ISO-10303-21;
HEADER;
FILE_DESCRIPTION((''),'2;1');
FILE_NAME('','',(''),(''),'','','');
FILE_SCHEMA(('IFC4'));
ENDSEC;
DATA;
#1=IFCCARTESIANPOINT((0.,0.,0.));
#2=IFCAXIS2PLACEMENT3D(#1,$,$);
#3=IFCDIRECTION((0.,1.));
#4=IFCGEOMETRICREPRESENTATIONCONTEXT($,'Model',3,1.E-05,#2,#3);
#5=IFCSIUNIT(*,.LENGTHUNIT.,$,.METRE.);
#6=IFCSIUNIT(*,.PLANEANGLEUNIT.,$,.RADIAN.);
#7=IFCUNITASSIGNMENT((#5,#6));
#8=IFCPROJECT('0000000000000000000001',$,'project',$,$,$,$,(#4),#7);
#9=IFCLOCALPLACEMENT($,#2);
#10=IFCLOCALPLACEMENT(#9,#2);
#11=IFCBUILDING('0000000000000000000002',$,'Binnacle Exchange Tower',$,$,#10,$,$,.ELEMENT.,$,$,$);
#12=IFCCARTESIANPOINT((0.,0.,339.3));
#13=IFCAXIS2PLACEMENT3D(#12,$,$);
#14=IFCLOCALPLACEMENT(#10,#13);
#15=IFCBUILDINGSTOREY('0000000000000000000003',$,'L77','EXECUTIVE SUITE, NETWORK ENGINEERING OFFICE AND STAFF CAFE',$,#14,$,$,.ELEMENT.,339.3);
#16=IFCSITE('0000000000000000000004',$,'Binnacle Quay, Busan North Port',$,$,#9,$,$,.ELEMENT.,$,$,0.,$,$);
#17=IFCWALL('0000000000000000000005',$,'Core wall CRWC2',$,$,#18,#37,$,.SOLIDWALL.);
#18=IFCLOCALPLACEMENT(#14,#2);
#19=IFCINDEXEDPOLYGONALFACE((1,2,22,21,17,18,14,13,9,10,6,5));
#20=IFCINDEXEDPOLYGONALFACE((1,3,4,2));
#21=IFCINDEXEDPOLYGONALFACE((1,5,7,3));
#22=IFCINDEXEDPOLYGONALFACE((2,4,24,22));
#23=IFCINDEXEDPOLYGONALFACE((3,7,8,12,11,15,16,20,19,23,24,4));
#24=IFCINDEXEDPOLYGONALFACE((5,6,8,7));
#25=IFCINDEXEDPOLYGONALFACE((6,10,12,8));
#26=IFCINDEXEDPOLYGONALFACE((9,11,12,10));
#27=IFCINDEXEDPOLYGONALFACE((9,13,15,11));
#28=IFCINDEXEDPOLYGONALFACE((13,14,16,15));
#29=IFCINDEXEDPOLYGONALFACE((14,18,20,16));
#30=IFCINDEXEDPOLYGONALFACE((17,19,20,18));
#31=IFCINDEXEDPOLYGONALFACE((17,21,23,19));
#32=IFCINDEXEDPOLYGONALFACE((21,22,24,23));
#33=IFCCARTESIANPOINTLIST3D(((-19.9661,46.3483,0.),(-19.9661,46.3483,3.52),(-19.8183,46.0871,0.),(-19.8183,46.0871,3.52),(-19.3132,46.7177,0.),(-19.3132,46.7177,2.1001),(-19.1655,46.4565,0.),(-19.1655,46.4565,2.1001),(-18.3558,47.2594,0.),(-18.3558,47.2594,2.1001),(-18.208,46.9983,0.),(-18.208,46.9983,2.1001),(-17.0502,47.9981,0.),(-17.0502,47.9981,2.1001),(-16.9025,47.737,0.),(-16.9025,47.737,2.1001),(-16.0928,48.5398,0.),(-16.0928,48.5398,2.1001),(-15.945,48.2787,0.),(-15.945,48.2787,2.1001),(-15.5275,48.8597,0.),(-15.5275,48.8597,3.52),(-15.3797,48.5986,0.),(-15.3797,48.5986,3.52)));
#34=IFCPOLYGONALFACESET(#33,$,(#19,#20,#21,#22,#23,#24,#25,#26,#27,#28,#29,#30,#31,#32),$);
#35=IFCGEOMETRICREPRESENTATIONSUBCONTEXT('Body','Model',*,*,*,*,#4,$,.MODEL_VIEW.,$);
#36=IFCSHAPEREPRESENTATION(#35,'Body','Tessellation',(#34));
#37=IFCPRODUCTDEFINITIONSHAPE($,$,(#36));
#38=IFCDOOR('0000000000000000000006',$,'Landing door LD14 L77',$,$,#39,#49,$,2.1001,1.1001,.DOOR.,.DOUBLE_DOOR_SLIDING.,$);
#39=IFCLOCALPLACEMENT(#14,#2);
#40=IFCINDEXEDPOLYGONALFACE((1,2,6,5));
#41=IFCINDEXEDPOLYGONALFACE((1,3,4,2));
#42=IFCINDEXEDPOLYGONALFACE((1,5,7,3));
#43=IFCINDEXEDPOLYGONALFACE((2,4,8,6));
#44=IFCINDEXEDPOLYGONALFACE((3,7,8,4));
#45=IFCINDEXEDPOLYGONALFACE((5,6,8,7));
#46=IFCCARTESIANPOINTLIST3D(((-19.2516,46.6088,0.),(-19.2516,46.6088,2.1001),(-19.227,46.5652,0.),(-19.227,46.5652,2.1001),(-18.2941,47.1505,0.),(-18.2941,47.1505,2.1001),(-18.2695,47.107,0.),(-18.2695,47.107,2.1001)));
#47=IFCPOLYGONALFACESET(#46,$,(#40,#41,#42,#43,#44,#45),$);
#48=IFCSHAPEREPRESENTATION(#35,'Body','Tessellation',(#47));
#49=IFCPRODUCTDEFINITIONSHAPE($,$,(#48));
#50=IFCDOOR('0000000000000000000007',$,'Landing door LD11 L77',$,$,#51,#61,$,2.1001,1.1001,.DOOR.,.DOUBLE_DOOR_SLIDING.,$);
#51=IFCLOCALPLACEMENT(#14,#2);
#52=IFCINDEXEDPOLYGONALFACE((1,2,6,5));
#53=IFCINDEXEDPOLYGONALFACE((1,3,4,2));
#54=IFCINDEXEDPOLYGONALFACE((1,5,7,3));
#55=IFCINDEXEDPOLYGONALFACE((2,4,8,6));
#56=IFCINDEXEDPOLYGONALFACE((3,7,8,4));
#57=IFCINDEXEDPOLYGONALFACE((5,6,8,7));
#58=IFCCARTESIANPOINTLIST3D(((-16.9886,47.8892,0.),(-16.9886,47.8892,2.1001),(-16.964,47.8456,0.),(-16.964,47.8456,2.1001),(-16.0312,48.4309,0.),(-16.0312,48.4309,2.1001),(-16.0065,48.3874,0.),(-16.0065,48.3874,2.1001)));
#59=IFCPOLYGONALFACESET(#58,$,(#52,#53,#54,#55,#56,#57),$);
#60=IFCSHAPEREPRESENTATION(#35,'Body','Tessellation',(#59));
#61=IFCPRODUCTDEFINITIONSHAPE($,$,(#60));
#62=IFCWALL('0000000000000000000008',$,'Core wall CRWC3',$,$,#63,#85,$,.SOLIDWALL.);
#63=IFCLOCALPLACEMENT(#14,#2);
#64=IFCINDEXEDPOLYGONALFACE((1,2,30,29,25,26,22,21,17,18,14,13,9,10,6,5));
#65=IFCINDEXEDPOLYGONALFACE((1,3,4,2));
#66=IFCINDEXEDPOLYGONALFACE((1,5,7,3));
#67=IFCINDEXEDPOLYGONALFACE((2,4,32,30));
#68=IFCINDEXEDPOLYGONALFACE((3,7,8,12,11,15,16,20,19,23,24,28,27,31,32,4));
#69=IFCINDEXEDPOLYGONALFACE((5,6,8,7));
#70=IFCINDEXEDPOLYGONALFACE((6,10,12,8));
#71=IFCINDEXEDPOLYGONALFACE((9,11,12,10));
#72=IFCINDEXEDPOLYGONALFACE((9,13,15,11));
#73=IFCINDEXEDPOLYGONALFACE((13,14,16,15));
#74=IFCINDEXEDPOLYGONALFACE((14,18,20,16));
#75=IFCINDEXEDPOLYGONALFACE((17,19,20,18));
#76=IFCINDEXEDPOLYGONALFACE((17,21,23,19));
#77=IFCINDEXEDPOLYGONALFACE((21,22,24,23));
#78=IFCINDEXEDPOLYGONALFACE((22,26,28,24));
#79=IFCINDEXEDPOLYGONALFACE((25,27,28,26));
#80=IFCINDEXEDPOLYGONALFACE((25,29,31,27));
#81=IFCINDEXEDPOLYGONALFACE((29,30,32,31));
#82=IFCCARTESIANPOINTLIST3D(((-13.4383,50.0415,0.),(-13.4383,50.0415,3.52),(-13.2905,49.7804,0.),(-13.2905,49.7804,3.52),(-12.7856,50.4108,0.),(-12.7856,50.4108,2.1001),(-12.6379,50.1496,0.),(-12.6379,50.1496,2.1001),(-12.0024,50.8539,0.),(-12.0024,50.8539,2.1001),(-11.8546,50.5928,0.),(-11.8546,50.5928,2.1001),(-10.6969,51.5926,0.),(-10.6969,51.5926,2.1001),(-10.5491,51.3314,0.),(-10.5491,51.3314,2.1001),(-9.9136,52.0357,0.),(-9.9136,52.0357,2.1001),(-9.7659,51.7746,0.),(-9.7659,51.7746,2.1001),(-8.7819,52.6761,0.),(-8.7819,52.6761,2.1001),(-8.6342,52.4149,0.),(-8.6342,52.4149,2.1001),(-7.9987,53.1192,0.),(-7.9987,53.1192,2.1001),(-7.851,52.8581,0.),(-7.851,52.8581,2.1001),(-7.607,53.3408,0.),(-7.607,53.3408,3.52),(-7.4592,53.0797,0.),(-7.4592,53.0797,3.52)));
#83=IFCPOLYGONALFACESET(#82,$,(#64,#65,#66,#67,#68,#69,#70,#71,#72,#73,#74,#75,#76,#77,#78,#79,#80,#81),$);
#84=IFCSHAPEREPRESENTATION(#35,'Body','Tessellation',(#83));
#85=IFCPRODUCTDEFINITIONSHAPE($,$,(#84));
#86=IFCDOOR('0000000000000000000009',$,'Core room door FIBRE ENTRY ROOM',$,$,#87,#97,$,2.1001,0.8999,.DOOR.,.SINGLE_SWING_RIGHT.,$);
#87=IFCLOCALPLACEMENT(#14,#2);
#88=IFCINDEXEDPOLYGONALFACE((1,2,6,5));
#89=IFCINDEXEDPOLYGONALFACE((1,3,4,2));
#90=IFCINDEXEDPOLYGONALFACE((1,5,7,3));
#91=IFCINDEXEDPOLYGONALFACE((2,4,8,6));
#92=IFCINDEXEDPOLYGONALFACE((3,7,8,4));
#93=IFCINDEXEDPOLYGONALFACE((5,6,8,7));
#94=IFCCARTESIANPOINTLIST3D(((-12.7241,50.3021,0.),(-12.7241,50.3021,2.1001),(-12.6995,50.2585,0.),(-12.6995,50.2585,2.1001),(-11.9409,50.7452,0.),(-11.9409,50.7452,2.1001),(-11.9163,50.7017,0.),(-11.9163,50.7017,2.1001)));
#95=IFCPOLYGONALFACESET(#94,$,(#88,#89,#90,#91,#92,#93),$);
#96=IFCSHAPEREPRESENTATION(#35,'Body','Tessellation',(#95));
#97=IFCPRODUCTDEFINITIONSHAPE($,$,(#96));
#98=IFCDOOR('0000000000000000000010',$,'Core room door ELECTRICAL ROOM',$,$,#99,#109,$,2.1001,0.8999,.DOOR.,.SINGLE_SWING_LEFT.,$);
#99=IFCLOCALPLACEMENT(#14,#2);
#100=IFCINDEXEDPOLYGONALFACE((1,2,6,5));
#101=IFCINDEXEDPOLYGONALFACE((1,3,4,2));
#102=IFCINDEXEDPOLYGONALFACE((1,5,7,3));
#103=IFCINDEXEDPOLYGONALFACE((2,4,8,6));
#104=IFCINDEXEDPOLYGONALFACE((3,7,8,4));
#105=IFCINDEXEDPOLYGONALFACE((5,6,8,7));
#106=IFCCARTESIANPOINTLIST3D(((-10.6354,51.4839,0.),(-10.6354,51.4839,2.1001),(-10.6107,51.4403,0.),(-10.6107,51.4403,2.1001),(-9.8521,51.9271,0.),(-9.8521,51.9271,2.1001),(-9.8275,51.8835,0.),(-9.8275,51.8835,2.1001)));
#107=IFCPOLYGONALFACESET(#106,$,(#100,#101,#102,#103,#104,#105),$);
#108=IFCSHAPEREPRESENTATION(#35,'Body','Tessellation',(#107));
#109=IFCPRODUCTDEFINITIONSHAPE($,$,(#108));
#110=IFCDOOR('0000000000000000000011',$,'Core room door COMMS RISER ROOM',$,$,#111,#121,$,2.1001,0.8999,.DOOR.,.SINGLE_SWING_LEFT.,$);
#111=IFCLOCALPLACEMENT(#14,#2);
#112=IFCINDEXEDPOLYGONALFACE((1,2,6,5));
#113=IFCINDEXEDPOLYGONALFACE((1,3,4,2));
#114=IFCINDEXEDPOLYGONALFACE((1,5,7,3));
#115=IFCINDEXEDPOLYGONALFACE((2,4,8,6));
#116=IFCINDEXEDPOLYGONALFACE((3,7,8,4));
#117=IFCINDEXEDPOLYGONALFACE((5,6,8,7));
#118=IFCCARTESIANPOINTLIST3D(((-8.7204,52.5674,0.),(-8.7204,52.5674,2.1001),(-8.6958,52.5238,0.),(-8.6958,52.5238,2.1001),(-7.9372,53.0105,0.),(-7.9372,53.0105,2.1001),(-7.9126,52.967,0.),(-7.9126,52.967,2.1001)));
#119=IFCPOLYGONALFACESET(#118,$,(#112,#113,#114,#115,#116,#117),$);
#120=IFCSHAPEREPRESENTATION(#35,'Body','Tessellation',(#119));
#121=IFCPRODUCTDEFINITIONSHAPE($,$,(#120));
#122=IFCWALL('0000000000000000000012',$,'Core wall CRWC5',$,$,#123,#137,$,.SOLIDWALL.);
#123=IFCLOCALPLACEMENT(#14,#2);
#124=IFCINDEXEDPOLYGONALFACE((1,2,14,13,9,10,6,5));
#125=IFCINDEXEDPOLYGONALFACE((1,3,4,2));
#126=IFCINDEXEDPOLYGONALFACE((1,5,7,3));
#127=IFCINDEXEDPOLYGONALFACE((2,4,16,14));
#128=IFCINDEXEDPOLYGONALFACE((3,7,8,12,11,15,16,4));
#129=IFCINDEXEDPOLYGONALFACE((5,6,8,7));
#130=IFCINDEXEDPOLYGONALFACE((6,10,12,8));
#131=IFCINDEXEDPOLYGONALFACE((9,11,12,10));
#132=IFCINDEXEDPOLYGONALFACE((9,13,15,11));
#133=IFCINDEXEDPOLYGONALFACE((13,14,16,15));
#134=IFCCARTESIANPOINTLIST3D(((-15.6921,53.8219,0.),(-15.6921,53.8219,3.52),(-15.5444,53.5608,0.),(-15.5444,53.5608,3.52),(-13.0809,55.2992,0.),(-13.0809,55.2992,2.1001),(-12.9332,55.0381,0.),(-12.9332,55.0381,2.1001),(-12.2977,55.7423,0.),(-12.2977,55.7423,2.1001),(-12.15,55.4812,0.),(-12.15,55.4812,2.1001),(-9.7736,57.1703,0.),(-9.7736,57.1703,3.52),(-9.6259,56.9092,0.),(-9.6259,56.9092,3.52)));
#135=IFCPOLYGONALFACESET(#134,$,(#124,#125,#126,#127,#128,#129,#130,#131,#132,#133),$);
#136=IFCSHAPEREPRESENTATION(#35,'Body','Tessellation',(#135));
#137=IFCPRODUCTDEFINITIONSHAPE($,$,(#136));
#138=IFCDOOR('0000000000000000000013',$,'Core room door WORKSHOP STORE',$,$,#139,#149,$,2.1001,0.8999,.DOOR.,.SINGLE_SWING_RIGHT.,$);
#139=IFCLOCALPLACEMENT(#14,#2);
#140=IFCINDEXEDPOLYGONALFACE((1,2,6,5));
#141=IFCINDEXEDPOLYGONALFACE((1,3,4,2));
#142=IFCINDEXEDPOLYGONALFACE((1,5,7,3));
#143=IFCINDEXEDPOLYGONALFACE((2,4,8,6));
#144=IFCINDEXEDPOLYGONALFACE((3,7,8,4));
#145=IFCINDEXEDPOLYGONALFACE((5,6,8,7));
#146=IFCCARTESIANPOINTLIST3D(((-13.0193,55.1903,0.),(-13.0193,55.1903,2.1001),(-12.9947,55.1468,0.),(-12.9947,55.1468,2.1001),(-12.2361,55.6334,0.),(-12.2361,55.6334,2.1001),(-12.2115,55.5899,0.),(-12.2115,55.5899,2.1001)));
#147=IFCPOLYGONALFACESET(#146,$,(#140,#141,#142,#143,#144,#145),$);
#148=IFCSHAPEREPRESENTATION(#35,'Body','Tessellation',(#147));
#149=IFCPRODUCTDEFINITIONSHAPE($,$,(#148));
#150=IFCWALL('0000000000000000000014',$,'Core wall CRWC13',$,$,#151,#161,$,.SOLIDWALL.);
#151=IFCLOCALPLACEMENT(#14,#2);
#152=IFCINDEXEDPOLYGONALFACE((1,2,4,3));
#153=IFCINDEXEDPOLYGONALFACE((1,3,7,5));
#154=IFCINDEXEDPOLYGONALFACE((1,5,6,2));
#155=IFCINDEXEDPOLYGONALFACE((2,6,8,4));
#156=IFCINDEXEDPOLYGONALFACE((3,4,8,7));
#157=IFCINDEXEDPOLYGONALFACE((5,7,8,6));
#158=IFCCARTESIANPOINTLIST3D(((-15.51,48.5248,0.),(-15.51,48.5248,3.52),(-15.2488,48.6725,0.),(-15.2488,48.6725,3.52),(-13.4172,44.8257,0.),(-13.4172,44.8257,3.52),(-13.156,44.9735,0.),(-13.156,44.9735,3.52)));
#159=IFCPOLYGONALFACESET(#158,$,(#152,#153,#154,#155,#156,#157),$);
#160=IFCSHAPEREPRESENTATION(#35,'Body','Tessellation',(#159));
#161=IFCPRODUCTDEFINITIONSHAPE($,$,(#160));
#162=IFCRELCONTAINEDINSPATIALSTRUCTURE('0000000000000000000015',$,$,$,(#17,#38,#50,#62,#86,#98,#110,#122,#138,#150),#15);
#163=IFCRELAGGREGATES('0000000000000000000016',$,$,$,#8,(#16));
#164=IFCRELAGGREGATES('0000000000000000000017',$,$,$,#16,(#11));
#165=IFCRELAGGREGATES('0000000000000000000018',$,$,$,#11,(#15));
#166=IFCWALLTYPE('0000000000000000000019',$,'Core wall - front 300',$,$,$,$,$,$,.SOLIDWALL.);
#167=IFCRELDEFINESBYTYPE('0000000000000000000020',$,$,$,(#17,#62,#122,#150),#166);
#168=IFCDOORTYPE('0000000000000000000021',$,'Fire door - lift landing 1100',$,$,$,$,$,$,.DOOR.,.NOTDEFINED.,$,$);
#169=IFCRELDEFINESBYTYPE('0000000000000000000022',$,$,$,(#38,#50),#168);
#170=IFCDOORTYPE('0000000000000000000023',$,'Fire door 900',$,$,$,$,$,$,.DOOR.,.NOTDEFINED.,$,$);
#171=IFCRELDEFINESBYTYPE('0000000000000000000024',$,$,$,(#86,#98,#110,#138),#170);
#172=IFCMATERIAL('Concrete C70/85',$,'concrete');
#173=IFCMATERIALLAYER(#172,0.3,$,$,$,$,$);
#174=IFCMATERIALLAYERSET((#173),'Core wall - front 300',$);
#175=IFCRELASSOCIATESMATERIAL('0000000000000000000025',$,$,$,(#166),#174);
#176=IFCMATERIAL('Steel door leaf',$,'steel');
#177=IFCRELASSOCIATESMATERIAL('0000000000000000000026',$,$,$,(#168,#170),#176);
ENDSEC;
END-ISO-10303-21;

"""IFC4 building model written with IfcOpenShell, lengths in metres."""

from ifc_helpers import new_model, si_unit, direction, frame, frame_2d, origin, place, context, subcontext, project, spatial, rectangle, extrude, material, layer, layer_set, type_object, element, fill, save


model = new_model("IFC4")

# Units and contexts
model_context = context("Model", 3, precision=1e-05, world=origin(), true_north=direction((0.0, 1.0)))
body_context = subcontext(model_context, "Body", "Model", "MODEL_VIEW")
ifc_project = project(units=[si_unit("LENGTHUNIT", "METRE"), si_unit("PLANEANGLEUNIT", "RADIAN")], contexts=[model_context])

# Site, building, storey
site_placement = place(None, origin())
site = spatial("IfcSite", under=ifc_project, at=site_placement, Name="Binnacle Quay, Busan North Port", CompositionType="ELEMENT", RefElevation=0.0)
building_placement = place(site_placement, origin())
building = spatial("IfcBuilding", under=site, at=building_placement, Name="Binnacle Exchange Tower", CompositionType="ELEMENT")
storey_placement = place(building_placement, frame((0.0, 0.0, 339.3)))
storey = spatial("IfcBuildingStorey", under=building, at=storey_placement, Name="L77", Description="EXECUTIVE SUITE, NETWORK ENGINEERING OFFICE AND STAFF CAFE", CompositionType="ELEMENT", Elevation=339.3)

# Walls, openings, doors
ifc_material_1 = material(Name="Concrete C70/85", Category="concrete")
ifc_layer_1 = layer(ifc_material_1, 0.3)
ifc_layer_set_1 = layer_set([ifc_layer_1], Name="Core wall - front 300")
wall_type_1 = type_object("IfcWallType", Name="Core wall - front 300", PredefinedType="SOLIDWALL", material=ifc_layer_set_1)
wall_1_placement = place(storey_placement, frame((-19.8921, 46.2178, 0.0), z_axis=(0.0, 0.0, 1.0), x_axis=(0.870342, 0.492448, 0.0)))
wall_1 = element("IfcWall", 1, at=wall_1_placement, inside=storey, type_object=wall_type_1, Name="Core wall CRWC2", PredefinedType="SOLIDWALL", context=body_context, shape_type="SweptSolid", body=[
    extrude(rectangle(XDim=5.0999, YDim=0.3, at=frame_2d((2.5498, 0.0))), origin(), (0.0, 0.0, 1.0), 3.52),
])
opening_1_placement = place(wall_1_placement, frame((0.75, 0.0, 0.0)))
opening_1 = element("IfcOpeningElement", 2, at=opening_1_placement, cuts=wall_1, PredefinedType="OPENING", context=body_context, shape_type="SweptSolid", body=[
    extrude(rectangle(XDim=1.1001, YDim=2.1001, at=frame_2d((0.55, 1.05))), frame((0.0, 0.1599, 0.0), z_axis=(0.0, -1.0, 0.0), x_axis=(1.0, 0.0, 0.0)), (0.0, 0.0, 1.0), 0.3201),
])
opening_2_placement = place(wall_1_placement, frame((3.3501, 0.0, 0.0)))
opening_2 = element("IfcOpeningElement", 3, at=opening_2_placement, cuts=wall_1, PredefinedType="OPENING", context=body_context, shape_type="SweptSolid", body=[
    extrude(rectangle(XDim=1.1001, YDim=2.1001, at=frame_2d((0.55, 1.05))), frame((0.0, 0.1599, 0.0), z_axis=(0.0, -1.0, 0.0), x_axis=(1.0, 0.0, 0.0)), (0.0, 0.0, 1.0), 0.3201),
])
ifc_material_2 = material(Name="Steel door leaf", Category="steel")
door_type_1 = type_object("IfcDoorType", Name="Fire door - lift landing 1100", OperationType="NOTDEFINED", PredefinedType="DOOR", material=ifc_material_2)
door_1_placement = place(opening_1_placement, origin())
door_1 = element("IfcDoor", 4, at=door_1_placement, inside=storey, type_object=door_type_1, Name="Landing door LD14 L77", OperationType="DOUBLE_DOOR_SLIDING", OverallHeight=2.1001, OverallWidth=1.1001, PredefinedType="DOOR", context=body_context, shape_type="SweptSolid", body=[
    extrude(rectangle(XDim=1.1001, YDim=2.1001, at=frame_2d((0.55, 1.05))), frame((0.0, 0.0249, 0.0), z_axis=(0.0, -1.0, 0.0), x_axis=(1.0, 0.0, 0.0)), (0.0, 0.0, 1.0), 0.05),
])
fill(opening_1, door_1)
door_2_placement = place(opening_2_placement, origin())
door_2 = element("IfcDoor", 5, at=door_2_placement, inside=storey, type_object=door_type_1, Name="Landing door LD11 L77", OperationType="DOUBLE_DOOR_SLIDING", OverallHeight=2.1001, OverallWidth=1.1001, PredefinedType="DOOR", context=body_context, shape_type="SweptSolid", body=[
    extrude(rectangle(XDim=1.1001, YDim=2.1001, at=frame_2d((0.55, 1.05))), frame((0.0, 0.0249, 0.0), z_axis=(0.0, -1.0, 0.0), x_axis=(1.0, 0.0, 0.0)), (0.0, 0.0, 1.0), 0.05),
])
fill(opening_2, door_2)
wall_2_placement = place(storey_placement, frame((-13.3645, 49.9109, 0.0), z_axis=(0.0, 0.0, 1.0), x_axis=(0.870348, 0.492438, 0.0)))
wall_2 = element("IfcWall", 6, at=wall_2_placement, inside=storey, type_object=wall_type_1, Name="Core wall CRWC3", PredefinedType="SOLIDWALL", context=body_context, shape_type="SweptSolid", body=[
    extrude(rectangle(XDim=6.7, YDim=0.3, at=frame_2d((3.3501, 0.0))), origin(), (0.0, 0.0, 1.0), 3.52),
])
opening_3_placement = place(wall_2_placement, frame((0.75, 0.0, 0.0)))
opening_3 = element("IfcOpeningElement", 7, at=opening_3_placement, cuts=wall_2, PredefinedType="OPENING", context=body_context, shape_type="SweptSolid", body=[
    extrude(rectangle(XDim=0.8999, YDim=2.1001, at=frame_2d((0.45, 1.05))), frame((0.0, 0.1599, 0.0), z_axis=(0.0, -1.0, 0.0), x_axis=(1.0, 0.0, 0.0)), (0.0, 0.0, 1.0), 0.3201),
])
opening_4_placement = place(wall_2_placement, frame((3.1499, 0.0, 0.0)))
opening_4 = element("IfcOpeningElement", 8, at=opening_4_placement, cuts=wall_2, PredefinedType="OPENING", context=body_context, shape_type="SweptSolid", body=[
    extrude(rectangle(XDim=0.8999, YDim=2.1001, at=frame_2d((0.45, 1.05))), frame((0.0, 0.1599, 0.0), z_axis=(0.0, -1.0, 0.0), x_axis=(1.0, 0.0, 0.0)), (0.0, 0.0, 1.0), 0.3201),
])
opening_5_placement = place(wall_2_placement, frame((5.3501, 0.0, 0.0)))
opening_5 = element("IfcOpeningElement", 9, at=opening_5_placement, cuts=wall_2, PredefinedType="OPENING", context=body_context, shape_type="SweptSolid", body=[
    extrude(rectangle(XDim=0.8999, YDim=2.1001, at=frame_2d((0.45, 1.05))), frame((0.0, 0.1599, 0.0), z_axis=(0.0, -1.0, 0.0), x_axis=(1.0, 0.0, 0.0)), (0.0, 0.0, 1.0), 0.3201),
])
door_type_2 = type_object("IfcDoorType", Name="Fire door 900", OperationType="NOTDEFINED", PredefinedType="DOOR", material=ifc_material_2)
door_3_placement = place(opening_3_placement, frame((0.8999, 0.0, 0.0), z_axis=(0.0, 0.0, 1.0), x_axis=(-1.0, 0.0, 0.0)))
door_3 = element("IfcDoor", 10, at=door_3_placement, inside=storey, type_object=door_type_2, Name="Core room door FIBRE ENTRY ROOM", OperationType="SINGLE_SWING_RIGHT", OverallHeight=2.1001, OverallWidth=0.8999, PredefinedType="DOOR", context=body_context, shape_type="SweptSolid", body=[
    extrude(rectangle(XDim=0.8999, YDim=2.1001, at=frame_2d((0.45, 1.05))), frame((0.0, 0.0249, 0.0), z_axis=(0.0, -1.0, 0.0), x_axis=(1.0, 0.0, 0.0)), (0.0, 0.0, 1.0), 0.05),
])
fill(opening_3, door_3)
door_4_placement = place(opening_4_placement, frame((0.8999, 0.0, 0.0), z_axis=(0.0, 0.0, 1.0), x_axis=(-1.0, 0.0, 0.0)))
door_4 = element("IfcDoor", 11, at=door_4_placement, inside=storey, type_object=door_type_2, Name="Core room door ELECTRICAL ROOM", OperationType="SINGLE_SWING_LEFT", OverallHeight=2.1001, OverallWidth=0.8999, PredefinedType="DOOR", context=body_context, shape_type="SweptSolid", body=[
    extrude(rectangle(XDim=0.8999, YDim=2.1001, at=frame_2d((0.45, 1.05))), frame((0.0, 0.0249, 0.0), z_axis=(0.0, -1.0, 0.0), x_axis=(1.0, 0.0, 0.0)), (0.0, 0.0, 1.0), 0.05),
])
fill(opening_4, door_4)
door_5_placement = place(opening_5_placement, frame((0.8999, 0.0, 0.0), z_axis=(0.0, 0.0, 1.0), x_axis=(-1.0, 0.0, 0.0)))
door_5 = element("IfcDoor", 12, at=door_5_placement, inside=storey, type_object=door_type_2, Name="Core room door COMMS RISER ROOM", OperationType="SINGLE_SWING_LEFT", OverallHeight=2.1001, OverallWidth=0.8999, PredefinedType="DOOR", context=body_context, shape_type="SweptSolid", body=[
    extrude(rectangle(XDim=0.8999, YDim=2.1001, at=frame_2d((0.45, 1.05))), frame((0.0, 0.0249, 0.0), z_axis=(0.0, -1.0, 0.0), x_axis=(1.0, 0.0, 0.0)), (0.0, 0.0, 1.0), 0.05),
])
fill(opening_5, door_5)

# Wall, opening, door
wall_3_placement = place(storey_placement, frame((-15.6182, 53.6914, 0.0), z_axis=(0.0, 0.0, 1.0), x_axis=(0.870363, 0.492411, 0.0)))
wall_3 = element("IfcWall", 13, at=wall_3_placement, inside=storey, type_object=wall_type_1, Name="Core wall CRWC5", PredefinedType="SOLIDWALL", context=body_context, shape_type="SweptSolid", body=[
    extrude(rectangle(XDim=6.8, YDim=0.3, at=frame_2d((3.3999, 0.0))), origin(), (0.0, 0.0, 1.0), 3.52),
])
opening_6_placement = place(wall_3_placement, frame((3.0, 0.0, 0.0)))
opening_6 = element("IfcOpeningElement", 14, at=opening_6_placement, cuts=wall_3, PredefinedType="OPENING", context=body_context, shape_type="SweptSolid", body=[
    extrude(rectangle(XDim=0.8999, YDim=2.1001, at=frame_2d((0.45, 1.05))), frame((0.0, 0.1599, 0.0), z_axis=(0.0, -1.0, 0.0), x_axis=(1.0, 0.0, 0.0)), (0.0, 0.0, 1.0), 0.3201),
])
door_6_placement = place(opening_6_placement, origin())
door_6 = element("IfcDoor", 15, at=door_6_placement, inside=storey, type_object=door_type_2, Name="Core room door WORKSHOP STORE", OperationType="SINGLE_SWING_RIGHT", OverallHeight=2.1001, OverallWidth=0.8999, PredefinedType="DOOR", context=body_context, shape_type="SweptSolid", body=[
    extrude(rectangle(XDim=0.8999, YDim=2.1001, at=frame_2d((0.45, 1.05))), frame((0.0, 0.0249, 0.0), z_axis=(0.0, -1.0, 0.0), x_axis=(1.0, 0.0, 0.0)), (0.0, 0.0, 1.0), 0.05),
])
fill(opening_6, door_6)

# Wall
wall_4_placement = place(storey_placement, frame((-15.3794, 48.5986, 0.0), z_axis=(0.0, 0.0, 1.0), x_axis=(0.492423, -0.870356, 0.0)))
element("IfcWall", 16, at=wall_4_placement, inside=storey, type_object=wall_type_1, Name="Core wall CRWC13", PredefinedType="SOLIDWALL", context=body_context, shape_type="SweptSolid", body=[
    extrude(rectangle(XDim=4.25, YDim=0.3, at=frame_2d((2.125, 0.0))), origin(), (0.0, 0.0, 1.0), 3.52),
])

save(model, "model.ifc")
